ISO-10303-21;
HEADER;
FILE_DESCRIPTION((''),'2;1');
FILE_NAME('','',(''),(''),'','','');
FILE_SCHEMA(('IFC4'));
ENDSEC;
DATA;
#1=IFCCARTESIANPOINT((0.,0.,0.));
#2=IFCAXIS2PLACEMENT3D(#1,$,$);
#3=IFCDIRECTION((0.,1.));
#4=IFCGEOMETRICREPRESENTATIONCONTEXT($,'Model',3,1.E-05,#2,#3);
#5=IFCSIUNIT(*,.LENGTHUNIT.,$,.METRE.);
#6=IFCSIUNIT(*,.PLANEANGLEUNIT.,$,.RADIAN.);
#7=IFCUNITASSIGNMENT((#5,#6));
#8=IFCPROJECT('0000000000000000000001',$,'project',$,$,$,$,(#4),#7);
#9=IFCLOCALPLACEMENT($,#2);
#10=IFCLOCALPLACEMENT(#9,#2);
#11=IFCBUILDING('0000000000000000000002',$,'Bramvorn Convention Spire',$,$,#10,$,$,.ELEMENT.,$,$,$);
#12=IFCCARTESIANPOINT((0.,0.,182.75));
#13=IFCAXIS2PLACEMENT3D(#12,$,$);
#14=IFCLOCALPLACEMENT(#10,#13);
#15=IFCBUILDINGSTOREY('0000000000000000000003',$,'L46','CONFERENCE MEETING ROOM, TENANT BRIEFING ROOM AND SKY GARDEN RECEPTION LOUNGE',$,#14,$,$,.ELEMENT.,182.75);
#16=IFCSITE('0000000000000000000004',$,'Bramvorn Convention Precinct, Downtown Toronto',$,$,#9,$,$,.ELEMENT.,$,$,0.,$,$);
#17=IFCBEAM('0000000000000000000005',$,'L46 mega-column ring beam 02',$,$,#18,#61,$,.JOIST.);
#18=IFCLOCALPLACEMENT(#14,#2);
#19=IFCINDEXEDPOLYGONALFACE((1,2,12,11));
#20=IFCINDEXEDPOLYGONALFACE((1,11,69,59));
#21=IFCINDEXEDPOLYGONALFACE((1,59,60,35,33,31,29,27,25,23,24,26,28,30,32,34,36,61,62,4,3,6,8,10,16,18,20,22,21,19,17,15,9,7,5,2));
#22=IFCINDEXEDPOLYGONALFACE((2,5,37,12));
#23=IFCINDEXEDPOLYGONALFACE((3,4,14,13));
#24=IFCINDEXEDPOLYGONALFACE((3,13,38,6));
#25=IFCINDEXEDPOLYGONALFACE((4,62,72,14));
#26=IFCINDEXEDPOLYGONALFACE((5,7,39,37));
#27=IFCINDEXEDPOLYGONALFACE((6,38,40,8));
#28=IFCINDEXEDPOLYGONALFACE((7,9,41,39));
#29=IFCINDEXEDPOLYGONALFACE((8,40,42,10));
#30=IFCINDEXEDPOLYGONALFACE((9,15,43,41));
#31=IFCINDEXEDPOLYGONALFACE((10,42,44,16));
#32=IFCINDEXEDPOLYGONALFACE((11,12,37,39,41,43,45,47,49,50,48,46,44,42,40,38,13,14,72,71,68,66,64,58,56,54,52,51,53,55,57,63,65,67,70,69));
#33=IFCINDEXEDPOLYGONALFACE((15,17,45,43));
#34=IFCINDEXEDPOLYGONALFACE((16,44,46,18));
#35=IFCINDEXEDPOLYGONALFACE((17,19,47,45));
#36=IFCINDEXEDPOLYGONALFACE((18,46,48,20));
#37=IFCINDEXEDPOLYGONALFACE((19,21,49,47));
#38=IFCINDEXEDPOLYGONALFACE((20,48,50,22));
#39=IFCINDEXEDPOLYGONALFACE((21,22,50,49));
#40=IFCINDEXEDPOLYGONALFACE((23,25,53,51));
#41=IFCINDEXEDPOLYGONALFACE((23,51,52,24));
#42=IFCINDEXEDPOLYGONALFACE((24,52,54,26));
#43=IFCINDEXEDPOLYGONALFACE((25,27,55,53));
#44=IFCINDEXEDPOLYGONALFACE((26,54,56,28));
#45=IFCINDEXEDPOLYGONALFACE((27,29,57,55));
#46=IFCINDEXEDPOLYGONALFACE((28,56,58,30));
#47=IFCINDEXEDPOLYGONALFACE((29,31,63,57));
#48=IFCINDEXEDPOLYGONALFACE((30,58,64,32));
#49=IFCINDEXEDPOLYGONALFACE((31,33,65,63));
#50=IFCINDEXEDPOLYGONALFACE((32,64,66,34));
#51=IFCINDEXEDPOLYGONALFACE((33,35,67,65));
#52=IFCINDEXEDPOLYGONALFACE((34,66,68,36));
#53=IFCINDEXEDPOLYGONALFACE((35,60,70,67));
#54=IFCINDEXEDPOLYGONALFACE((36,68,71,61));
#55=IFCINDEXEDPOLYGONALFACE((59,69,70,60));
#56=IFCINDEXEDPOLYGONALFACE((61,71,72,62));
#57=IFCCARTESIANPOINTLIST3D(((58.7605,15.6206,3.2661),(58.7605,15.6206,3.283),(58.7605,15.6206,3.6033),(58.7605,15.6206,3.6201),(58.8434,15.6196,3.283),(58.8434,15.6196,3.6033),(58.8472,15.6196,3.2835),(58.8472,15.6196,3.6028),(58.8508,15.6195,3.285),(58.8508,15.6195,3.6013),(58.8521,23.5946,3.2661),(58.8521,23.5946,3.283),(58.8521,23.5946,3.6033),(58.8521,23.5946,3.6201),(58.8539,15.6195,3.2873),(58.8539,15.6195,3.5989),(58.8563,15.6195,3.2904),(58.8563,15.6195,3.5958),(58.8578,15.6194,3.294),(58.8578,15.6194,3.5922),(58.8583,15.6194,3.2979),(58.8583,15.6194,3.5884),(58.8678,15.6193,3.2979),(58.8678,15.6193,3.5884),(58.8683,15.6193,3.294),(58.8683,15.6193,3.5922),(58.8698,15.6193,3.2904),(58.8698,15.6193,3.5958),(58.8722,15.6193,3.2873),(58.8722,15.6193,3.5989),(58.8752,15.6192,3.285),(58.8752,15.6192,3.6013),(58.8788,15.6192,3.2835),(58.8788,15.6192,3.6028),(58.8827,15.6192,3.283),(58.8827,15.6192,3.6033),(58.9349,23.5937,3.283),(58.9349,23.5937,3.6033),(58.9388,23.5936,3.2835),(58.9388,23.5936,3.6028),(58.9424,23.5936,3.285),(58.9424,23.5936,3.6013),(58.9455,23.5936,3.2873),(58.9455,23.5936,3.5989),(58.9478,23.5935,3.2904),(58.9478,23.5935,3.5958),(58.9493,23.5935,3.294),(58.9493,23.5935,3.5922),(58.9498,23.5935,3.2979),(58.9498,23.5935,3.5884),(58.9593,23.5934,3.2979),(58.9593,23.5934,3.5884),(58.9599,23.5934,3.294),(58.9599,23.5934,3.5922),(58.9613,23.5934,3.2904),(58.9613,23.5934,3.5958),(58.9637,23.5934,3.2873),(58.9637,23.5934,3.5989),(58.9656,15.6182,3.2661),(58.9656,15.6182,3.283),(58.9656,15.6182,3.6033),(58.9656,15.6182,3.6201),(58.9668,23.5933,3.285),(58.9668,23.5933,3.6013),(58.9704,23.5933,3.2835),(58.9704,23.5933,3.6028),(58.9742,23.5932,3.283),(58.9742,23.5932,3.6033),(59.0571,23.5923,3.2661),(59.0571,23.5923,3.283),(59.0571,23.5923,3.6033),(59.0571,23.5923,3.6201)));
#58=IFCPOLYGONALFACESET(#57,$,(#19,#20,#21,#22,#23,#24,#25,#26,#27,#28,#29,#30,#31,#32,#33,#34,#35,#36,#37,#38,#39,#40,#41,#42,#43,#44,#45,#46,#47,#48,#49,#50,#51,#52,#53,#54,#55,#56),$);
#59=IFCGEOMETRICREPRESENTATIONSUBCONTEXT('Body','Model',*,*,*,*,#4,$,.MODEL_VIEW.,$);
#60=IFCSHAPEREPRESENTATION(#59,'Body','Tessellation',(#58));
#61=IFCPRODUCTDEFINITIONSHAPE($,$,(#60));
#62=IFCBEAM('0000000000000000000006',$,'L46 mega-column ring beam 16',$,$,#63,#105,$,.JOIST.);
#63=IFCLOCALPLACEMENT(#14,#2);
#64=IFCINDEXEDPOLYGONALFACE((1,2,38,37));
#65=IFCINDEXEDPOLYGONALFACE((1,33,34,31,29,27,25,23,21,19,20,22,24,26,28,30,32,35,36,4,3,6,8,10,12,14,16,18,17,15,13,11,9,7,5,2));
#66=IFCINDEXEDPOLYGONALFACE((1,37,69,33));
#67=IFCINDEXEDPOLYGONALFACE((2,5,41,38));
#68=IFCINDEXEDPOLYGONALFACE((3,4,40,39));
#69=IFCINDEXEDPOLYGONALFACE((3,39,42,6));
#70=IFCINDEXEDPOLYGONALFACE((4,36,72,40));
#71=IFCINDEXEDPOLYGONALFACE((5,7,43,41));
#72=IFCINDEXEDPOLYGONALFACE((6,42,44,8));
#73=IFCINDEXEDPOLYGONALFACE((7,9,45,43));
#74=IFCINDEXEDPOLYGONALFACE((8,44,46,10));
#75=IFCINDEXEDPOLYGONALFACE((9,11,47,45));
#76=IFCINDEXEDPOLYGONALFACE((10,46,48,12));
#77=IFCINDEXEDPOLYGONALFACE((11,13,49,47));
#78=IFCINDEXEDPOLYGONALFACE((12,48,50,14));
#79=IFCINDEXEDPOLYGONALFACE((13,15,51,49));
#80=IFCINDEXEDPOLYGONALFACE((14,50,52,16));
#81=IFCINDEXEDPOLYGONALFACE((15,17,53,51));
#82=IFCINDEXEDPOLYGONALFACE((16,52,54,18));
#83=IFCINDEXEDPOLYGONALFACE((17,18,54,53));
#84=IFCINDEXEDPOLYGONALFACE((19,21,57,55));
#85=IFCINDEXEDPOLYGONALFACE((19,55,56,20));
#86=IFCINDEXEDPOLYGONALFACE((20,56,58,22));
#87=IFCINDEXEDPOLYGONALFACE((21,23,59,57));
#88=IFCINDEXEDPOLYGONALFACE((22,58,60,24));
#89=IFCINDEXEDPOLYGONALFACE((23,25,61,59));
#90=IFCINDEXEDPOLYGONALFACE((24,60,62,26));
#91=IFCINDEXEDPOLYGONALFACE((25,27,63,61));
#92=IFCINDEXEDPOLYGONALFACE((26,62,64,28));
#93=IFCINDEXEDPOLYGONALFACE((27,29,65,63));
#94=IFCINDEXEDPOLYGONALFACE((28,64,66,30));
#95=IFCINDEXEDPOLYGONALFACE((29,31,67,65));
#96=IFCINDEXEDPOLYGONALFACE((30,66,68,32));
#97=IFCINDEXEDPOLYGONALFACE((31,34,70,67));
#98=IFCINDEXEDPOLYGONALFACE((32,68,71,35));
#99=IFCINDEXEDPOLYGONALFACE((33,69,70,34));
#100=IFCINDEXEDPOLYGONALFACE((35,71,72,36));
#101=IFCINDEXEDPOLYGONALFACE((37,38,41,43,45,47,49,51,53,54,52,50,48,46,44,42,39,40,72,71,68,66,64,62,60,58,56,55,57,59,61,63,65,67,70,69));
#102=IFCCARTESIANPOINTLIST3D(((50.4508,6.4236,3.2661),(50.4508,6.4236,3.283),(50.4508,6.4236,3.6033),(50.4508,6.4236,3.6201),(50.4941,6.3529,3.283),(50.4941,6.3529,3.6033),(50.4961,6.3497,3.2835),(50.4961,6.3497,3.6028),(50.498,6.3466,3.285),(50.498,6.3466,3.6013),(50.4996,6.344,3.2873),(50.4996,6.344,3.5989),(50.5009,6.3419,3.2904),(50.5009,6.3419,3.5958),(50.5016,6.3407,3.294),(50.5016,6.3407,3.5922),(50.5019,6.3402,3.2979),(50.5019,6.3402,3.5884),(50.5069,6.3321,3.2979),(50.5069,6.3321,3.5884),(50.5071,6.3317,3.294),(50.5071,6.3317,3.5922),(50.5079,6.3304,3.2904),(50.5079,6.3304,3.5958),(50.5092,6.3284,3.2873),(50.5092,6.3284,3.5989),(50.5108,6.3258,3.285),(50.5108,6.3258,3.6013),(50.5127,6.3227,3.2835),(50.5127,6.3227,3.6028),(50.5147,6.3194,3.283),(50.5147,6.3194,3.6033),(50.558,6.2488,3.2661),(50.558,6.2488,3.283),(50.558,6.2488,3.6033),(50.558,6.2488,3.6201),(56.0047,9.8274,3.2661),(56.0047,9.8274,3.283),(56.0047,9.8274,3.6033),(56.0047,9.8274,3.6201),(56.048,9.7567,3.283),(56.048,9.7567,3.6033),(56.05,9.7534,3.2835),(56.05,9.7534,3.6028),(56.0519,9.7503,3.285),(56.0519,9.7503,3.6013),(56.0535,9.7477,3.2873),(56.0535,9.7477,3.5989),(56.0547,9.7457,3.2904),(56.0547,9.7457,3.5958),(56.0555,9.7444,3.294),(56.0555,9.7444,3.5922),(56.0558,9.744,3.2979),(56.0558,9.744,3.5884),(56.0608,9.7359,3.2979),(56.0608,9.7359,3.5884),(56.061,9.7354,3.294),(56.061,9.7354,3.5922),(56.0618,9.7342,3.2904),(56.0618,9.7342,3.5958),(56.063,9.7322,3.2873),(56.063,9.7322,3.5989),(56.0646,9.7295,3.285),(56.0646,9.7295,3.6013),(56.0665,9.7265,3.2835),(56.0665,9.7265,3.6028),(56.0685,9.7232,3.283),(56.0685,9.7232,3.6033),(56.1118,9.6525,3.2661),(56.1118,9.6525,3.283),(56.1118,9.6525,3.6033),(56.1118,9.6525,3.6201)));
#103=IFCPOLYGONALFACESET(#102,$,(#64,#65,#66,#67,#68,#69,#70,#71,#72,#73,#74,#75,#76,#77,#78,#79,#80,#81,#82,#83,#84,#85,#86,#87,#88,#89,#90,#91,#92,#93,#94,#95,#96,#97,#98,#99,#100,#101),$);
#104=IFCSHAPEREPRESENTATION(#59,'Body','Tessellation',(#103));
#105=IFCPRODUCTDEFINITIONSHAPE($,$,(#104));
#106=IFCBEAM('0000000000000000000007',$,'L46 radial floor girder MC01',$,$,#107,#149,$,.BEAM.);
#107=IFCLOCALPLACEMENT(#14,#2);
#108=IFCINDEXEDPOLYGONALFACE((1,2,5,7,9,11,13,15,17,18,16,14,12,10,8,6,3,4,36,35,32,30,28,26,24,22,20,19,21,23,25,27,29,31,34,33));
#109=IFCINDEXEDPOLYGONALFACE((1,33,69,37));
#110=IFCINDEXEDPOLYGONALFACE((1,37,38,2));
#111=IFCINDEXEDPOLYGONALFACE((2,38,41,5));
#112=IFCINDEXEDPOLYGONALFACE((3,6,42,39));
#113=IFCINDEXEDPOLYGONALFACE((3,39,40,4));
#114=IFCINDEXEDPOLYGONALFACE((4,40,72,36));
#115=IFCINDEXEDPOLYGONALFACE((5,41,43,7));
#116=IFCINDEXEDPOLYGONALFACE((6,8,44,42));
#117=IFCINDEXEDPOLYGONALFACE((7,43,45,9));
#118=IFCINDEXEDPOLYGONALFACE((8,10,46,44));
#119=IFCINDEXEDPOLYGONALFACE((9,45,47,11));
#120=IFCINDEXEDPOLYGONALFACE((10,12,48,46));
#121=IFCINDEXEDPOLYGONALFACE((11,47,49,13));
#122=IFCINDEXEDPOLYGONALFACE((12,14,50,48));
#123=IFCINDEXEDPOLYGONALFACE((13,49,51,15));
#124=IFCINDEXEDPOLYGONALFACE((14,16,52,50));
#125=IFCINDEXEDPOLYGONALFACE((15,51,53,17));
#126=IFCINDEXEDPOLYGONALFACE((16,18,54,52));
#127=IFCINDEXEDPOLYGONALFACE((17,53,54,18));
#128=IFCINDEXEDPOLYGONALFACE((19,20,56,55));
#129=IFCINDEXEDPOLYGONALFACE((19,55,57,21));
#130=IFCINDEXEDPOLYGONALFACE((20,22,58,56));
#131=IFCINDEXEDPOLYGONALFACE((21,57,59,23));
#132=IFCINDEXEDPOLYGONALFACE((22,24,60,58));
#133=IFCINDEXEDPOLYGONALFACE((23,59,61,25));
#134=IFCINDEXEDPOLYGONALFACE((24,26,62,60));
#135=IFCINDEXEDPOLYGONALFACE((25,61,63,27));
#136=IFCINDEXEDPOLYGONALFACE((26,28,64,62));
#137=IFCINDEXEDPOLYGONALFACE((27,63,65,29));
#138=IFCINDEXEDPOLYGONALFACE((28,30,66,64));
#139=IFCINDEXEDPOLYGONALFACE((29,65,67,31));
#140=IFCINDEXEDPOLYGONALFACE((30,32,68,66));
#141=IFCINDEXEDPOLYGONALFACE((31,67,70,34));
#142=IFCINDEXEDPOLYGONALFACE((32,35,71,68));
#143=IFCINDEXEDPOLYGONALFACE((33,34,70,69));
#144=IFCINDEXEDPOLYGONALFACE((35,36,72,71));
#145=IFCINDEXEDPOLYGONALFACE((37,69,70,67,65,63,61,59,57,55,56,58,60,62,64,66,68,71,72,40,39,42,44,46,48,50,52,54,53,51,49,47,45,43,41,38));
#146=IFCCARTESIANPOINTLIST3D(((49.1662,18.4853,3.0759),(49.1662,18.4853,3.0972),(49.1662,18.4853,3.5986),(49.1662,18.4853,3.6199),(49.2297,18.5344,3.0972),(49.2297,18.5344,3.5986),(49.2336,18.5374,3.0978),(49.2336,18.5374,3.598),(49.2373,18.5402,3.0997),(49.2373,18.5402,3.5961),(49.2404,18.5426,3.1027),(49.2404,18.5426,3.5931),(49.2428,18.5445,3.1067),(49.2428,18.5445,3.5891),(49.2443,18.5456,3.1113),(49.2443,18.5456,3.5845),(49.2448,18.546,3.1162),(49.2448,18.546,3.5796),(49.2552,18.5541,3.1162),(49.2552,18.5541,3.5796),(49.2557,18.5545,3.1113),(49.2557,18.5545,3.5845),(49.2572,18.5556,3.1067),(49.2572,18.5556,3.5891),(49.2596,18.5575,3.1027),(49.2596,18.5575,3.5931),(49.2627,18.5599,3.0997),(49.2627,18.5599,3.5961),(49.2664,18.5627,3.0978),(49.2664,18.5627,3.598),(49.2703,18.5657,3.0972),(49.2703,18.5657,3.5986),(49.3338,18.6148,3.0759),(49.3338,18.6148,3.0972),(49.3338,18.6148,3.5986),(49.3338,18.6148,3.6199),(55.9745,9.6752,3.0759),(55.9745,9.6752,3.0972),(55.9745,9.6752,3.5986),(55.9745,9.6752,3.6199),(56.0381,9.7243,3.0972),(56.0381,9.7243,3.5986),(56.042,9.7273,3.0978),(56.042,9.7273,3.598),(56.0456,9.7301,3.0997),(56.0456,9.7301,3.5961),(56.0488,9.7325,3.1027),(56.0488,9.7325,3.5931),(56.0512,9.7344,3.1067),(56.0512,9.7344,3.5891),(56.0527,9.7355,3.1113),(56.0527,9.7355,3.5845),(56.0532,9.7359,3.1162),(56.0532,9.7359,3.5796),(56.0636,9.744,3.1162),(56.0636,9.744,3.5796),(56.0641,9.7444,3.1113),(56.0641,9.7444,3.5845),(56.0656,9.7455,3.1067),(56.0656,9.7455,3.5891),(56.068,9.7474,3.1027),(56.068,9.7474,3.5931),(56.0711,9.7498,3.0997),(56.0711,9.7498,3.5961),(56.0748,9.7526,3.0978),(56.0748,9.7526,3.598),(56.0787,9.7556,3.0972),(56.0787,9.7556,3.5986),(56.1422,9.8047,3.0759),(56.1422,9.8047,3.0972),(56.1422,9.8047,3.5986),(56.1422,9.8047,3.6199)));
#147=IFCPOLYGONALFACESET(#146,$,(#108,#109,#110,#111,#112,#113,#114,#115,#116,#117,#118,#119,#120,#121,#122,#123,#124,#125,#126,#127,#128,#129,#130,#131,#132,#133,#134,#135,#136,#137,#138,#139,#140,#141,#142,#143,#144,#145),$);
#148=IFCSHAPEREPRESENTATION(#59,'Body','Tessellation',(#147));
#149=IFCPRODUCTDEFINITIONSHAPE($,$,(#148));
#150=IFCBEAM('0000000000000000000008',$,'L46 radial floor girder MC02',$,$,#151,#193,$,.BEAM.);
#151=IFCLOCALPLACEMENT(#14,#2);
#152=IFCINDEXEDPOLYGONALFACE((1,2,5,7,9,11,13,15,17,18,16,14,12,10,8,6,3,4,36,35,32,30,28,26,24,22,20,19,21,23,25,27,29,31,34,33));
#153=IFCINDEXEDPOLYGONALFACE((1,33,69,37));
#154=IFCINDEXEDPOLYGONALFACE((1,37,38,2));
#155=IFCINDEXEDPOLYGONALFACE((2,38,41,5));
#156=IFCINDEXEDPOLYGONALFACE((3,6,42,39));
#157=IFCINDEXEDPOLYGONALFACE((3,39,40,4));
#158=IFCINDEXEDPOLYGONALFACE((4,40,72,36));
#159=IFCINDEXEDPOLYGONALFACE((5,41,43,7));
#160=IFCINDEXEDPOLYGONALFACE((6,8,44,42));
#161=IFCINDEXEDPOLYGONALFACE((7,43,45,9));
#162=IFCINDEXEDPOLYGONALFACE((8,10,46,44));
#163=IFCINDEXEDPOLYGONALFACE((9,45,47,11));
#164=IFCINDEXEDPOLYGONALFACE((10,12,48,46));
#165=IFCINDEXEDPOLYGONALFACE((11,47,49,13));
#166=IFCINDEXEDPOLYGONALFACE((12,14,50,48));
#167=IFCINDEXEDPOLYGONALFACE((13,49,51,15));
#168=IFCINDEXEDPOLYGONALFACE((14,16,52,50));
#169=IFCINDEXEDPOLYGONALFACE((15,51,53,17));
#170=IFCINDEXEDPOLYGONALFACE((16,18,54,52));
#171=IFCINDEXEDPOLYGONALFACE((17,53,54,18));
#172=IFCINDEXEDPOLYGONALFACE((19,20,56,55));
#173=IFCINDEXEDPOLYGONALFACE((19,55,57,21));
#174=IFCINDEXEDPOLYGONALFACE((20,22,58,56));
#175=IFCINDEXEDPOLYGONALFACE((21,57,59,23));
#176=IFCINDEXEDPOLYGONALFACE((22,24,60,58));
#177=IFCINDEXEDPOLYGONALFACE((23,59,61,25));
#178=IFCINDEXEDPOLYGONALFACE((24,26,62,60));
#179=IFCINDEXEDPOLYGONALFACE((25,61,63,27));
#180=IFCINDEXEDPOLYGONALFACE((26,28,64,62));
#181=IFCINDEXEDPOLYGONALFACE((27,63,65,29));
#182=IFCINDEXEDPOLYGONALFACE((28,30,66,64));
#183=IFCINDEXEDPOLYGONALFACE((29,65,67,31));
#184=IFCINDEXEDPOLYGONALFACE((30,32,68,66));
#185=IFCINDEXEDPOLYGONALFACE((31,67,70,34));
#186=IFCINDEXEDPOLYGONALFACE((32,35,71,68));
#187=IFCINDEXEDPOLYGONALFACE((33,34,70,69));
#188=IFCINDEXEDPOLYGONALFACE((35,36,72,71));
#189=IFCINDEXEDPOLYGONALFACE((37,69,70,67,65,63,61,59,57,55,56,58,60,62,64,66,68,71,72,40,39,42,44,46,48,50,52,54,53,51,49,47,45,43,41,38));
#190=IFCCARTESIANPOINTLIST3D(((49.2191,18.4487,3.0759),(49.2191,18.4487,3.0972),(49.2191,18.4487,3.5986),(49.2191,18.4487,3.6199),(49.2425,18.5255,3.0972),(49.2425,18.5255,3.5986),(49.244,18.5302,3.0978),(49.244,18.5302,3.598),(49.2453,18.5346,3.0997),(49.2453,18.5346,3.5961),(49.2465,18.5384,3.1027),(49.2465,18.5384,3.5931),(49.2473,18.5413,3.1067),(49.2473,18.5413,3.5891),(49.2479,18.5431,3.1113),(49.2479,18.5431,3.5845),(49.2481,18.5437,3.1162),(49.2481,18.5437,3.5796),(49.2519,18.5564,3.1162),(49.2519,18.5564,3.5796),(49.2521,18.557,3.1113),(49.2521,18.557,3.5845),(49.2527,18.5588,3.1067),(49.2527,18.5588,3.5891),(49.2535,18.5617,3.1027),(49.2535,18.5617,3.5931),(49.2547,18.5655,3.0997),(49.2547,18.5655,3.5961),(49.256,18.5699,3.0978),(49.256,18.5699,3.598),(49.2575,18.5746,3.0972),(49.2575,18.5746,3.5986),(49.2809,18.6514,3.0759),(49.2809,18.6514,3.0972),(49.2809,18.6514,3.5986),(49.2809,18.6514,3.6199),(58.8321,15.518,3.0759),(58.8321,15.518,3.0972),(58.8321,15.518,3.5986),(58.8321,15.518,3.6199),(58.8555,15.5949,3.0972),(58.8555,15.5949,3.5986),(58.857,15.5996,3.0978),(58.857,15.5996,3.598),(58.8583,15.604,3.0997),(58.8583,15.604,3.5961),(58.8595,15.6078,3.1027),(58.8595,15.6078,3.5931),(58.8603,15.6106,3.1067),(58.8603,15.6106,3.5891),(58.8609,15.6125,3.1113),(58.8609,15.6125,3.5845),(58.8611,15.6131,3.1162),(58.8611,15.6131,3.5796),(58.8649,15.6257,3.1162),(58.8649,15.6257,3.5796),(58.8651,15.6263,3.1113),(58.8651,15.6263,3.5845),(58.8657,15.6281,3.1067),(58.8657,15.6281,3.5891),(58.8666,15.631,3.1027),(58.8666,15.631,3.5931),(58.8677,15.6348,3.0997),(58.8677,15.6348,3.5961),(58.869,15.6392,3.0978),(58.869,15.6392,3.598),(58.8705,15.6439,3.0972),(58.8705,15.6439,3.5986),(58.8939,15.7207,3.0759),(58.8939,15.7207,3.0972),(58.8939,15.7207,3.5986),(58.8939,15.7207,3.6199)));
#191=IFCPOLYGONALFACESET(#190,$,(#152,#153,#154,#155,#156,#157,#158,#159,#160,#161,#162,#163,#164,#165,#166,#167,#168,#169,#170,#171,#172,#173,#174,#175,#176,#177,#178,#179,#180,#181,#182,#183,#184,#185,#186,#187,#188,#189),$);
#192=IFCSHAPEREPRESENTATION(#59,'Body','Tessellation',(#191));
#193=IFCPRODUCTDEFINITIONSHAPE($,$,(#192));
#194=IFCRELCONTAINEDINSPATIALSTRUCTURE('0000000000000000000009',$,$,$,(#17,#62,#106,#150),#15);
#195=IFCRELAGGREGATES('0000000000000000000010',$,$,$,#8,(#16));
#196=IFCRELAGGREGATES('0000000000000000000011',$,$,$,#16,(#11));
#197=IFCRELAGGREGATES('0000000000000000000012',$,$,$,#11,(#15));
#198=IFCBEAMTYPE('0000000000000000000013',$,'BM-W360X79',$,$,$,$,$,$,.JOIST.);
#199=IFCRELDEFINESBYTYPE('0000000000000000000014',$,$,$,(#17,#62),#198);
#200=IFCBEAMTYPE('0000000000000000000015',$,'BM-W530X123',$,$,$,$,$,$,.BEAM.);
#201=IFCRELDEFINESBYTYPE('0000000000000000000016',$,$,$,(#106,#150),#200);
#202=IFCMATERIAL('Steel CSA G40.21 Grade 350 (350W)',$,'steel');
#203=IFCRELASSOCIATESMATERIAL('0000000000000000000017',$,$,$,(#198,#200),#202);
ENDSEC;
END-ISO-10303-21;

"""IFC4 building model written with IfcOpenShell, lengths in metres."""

from ifc_helpers import new_model, si_unit, direction, frame, origin, origin_2d, place, context, subcontext, project, spatial, i_section, extrude, material, material_profile, profile_set, type_object, element, save


model = new_model("IFC4")

# Units and contexts
model_context = context("Model", 3, precision=1e-05, world=origin(), true_north=direction((0.0, 1.0)))
body_context = subcontext(model_context, "Body", "Model", "MODEL_VIEW")
ifc_project = project(units=[si_unit("LENGTHUNIT", "METRE"), si_unit("PLANEANGLEUNIT", "RADIAN")], contexts=[model_context])

# Site, building, storey
site_placement = place(None, origin())
site = spatial("IfcSite", under=ifc_project, at=site_placement, Name="Bramvorn Convention Precinct, Downtown Toronto", CompositionType="ELEMENT", RefElevation=0.0)
building_placement = place(site_placement, origin())
building = spatial("IfcBuilding", under=site, at=building_placement, Name="Bramvorn Convention Spire", CompositionType="ELEMENT")
storey_placement = place(building_placement, frame((0.0, 0.0, 182.75)))
storey = spatial("IfcBuildingStorey", under=building, at=storey_placement, Name="L46", Description="CONFERENCE MEETING ROOM, TENANT BRIEFING ROOM AND SKY GARDEN RECEPTION LOUNGE", CompositionType="ELEMENT", Elevation=182.75)

# Shared definitions
ifc_material_1 = material(Name="Steel CSA G40.21 Grade 350 (350W)", Category="steel")

# Beams
ifc_material_profile_1 = material_profile(ifc_material_1, i_section(OverallWidth=0.2051, OverallDepth=0.354, WebThickness=0.0095, FlangeThickness=0.0168, FilletRadius=0.0149, at=origin_2d()))
ifc_profile_set_1 = profile_set([ifc_material_profile_1], Name="Steel CSA G40.21 Grade 350 (350W) - W360X79")
beam_type_1 = type_object("IfcBeamType", Name="BM-W360X79", PredefinedType="JOIST", material=ifc_profile_set_1)
beam_1_placement = place(storey_placement, frame((58.863, 15.6194, 3.4431), z_axis=(0.01148, 0.999934, 0.0), x_axis=(-0.999934, 0.01148, 0.0)))
element("IfcBeam", 1, at=beam_1_placement, inside=storey, type_object=beam_type_1, Name="L46 mega-column ring beam 02", PredefinedType="JOIST", context=body_context, shape_type="SweptSolid", body=[
    extrude(i_section(OverallWidth=0.2051, OverallDepth=0.354, WebThickness=0.0095, FlangeThickness=0.0168, FilletRadius=0.0149, at=origin_2d()), origin(), (0.0, 0.0, 1.0), 7.9746),
])
beam_2_placement = place(storey_placement, frame((50.5044, 6.3362, 3.4431), z_axis=(0.852617, 0.522537, 0.0), x_axis=(-0.522537, 0.852617, 0.0)))
element("IfcBeam", 2, at=beam_2_placement, inside=storey, type_object=beam_type_1, Name="L46 mega-column ring beam 16", PredefinedType="JOIST", context=body_context, shape_type="SweptSolid", body=[
    extrude(i_section(OverallWidth=0.2051, OverallDepth=0.354, WebThickness=0.0095, FlangeThickness=0.0168, FilletRadius=0.0149, at=origin_2d()), origin(), (0.0, 0.0, 1.0), 6.5139),
])
ifc_material_profile_2 = material_profile(ifc_material_1, i_section(OverallWidth=0.2119, OverallDepth=0.5439, WebThickness=0.0132, FlangeThickness=0.0212, FilletRadius=0.019, at=origin_2d()))
ifc_profile_set_2 = profile_set([ifc_material_profile_2], Name="Steel CSA G40.21 Grade 350 (350W) - W530X123")
beam_type_2 = type_object("IfcBeamType", Name="BM-W530X123", PredefinedType="BEAM", material=ifc_profile_set_2)
beam_3_placement = place(storey_placement, frame((49.25, 18.55, 3.3479), z_axis=(0.61148, -0.79126, 0.0), x_axis=(0.79126, 0.61148, 0.0)))
element("IfcBeam", 3, at=beam_3_placement, inside=storey, type_object=beam_type_2, Name="L46 radial floor girder MC01", PredefinedType="BEAM", context=body_context, shape_type="SweptSolid", body=[
    extrude(i_section(OverallWidth=0.2119, OverallDepth=0.5439, WebThickness=0.0132, FlangeThickness=0.0212, FilletRadius=0.019, at=origin_2d()), origin(), (0.0, 0.0, 1.0), 11.1343),
])
beam_4_placement = place(storey_placement, frame((49.25, 18.55, 3.3479), z_axis=(0.956536, -0.291613, 0.0), x_axis=(0.291613, 0.956536, 0.0)))
element("IfcBeam", 4, at=beam_4_placement, inside=storey, type_object=beam_type_2, Name="L46 radial floor girder MC02", PredefinedType="BEAM", context=body_context, shape_type="SweptSolid", body=[
    extrude(i_section(OverallWidth=0.2119, OverallDepth=0.5439, WebThickness=0.0132, FlangeThickness=0.0212, FilletRadius=0.019, at=origin_2d()), origin(), (0.0, 0.0, 1.0), 10.0498),
])

save(model, "model.ifc")
